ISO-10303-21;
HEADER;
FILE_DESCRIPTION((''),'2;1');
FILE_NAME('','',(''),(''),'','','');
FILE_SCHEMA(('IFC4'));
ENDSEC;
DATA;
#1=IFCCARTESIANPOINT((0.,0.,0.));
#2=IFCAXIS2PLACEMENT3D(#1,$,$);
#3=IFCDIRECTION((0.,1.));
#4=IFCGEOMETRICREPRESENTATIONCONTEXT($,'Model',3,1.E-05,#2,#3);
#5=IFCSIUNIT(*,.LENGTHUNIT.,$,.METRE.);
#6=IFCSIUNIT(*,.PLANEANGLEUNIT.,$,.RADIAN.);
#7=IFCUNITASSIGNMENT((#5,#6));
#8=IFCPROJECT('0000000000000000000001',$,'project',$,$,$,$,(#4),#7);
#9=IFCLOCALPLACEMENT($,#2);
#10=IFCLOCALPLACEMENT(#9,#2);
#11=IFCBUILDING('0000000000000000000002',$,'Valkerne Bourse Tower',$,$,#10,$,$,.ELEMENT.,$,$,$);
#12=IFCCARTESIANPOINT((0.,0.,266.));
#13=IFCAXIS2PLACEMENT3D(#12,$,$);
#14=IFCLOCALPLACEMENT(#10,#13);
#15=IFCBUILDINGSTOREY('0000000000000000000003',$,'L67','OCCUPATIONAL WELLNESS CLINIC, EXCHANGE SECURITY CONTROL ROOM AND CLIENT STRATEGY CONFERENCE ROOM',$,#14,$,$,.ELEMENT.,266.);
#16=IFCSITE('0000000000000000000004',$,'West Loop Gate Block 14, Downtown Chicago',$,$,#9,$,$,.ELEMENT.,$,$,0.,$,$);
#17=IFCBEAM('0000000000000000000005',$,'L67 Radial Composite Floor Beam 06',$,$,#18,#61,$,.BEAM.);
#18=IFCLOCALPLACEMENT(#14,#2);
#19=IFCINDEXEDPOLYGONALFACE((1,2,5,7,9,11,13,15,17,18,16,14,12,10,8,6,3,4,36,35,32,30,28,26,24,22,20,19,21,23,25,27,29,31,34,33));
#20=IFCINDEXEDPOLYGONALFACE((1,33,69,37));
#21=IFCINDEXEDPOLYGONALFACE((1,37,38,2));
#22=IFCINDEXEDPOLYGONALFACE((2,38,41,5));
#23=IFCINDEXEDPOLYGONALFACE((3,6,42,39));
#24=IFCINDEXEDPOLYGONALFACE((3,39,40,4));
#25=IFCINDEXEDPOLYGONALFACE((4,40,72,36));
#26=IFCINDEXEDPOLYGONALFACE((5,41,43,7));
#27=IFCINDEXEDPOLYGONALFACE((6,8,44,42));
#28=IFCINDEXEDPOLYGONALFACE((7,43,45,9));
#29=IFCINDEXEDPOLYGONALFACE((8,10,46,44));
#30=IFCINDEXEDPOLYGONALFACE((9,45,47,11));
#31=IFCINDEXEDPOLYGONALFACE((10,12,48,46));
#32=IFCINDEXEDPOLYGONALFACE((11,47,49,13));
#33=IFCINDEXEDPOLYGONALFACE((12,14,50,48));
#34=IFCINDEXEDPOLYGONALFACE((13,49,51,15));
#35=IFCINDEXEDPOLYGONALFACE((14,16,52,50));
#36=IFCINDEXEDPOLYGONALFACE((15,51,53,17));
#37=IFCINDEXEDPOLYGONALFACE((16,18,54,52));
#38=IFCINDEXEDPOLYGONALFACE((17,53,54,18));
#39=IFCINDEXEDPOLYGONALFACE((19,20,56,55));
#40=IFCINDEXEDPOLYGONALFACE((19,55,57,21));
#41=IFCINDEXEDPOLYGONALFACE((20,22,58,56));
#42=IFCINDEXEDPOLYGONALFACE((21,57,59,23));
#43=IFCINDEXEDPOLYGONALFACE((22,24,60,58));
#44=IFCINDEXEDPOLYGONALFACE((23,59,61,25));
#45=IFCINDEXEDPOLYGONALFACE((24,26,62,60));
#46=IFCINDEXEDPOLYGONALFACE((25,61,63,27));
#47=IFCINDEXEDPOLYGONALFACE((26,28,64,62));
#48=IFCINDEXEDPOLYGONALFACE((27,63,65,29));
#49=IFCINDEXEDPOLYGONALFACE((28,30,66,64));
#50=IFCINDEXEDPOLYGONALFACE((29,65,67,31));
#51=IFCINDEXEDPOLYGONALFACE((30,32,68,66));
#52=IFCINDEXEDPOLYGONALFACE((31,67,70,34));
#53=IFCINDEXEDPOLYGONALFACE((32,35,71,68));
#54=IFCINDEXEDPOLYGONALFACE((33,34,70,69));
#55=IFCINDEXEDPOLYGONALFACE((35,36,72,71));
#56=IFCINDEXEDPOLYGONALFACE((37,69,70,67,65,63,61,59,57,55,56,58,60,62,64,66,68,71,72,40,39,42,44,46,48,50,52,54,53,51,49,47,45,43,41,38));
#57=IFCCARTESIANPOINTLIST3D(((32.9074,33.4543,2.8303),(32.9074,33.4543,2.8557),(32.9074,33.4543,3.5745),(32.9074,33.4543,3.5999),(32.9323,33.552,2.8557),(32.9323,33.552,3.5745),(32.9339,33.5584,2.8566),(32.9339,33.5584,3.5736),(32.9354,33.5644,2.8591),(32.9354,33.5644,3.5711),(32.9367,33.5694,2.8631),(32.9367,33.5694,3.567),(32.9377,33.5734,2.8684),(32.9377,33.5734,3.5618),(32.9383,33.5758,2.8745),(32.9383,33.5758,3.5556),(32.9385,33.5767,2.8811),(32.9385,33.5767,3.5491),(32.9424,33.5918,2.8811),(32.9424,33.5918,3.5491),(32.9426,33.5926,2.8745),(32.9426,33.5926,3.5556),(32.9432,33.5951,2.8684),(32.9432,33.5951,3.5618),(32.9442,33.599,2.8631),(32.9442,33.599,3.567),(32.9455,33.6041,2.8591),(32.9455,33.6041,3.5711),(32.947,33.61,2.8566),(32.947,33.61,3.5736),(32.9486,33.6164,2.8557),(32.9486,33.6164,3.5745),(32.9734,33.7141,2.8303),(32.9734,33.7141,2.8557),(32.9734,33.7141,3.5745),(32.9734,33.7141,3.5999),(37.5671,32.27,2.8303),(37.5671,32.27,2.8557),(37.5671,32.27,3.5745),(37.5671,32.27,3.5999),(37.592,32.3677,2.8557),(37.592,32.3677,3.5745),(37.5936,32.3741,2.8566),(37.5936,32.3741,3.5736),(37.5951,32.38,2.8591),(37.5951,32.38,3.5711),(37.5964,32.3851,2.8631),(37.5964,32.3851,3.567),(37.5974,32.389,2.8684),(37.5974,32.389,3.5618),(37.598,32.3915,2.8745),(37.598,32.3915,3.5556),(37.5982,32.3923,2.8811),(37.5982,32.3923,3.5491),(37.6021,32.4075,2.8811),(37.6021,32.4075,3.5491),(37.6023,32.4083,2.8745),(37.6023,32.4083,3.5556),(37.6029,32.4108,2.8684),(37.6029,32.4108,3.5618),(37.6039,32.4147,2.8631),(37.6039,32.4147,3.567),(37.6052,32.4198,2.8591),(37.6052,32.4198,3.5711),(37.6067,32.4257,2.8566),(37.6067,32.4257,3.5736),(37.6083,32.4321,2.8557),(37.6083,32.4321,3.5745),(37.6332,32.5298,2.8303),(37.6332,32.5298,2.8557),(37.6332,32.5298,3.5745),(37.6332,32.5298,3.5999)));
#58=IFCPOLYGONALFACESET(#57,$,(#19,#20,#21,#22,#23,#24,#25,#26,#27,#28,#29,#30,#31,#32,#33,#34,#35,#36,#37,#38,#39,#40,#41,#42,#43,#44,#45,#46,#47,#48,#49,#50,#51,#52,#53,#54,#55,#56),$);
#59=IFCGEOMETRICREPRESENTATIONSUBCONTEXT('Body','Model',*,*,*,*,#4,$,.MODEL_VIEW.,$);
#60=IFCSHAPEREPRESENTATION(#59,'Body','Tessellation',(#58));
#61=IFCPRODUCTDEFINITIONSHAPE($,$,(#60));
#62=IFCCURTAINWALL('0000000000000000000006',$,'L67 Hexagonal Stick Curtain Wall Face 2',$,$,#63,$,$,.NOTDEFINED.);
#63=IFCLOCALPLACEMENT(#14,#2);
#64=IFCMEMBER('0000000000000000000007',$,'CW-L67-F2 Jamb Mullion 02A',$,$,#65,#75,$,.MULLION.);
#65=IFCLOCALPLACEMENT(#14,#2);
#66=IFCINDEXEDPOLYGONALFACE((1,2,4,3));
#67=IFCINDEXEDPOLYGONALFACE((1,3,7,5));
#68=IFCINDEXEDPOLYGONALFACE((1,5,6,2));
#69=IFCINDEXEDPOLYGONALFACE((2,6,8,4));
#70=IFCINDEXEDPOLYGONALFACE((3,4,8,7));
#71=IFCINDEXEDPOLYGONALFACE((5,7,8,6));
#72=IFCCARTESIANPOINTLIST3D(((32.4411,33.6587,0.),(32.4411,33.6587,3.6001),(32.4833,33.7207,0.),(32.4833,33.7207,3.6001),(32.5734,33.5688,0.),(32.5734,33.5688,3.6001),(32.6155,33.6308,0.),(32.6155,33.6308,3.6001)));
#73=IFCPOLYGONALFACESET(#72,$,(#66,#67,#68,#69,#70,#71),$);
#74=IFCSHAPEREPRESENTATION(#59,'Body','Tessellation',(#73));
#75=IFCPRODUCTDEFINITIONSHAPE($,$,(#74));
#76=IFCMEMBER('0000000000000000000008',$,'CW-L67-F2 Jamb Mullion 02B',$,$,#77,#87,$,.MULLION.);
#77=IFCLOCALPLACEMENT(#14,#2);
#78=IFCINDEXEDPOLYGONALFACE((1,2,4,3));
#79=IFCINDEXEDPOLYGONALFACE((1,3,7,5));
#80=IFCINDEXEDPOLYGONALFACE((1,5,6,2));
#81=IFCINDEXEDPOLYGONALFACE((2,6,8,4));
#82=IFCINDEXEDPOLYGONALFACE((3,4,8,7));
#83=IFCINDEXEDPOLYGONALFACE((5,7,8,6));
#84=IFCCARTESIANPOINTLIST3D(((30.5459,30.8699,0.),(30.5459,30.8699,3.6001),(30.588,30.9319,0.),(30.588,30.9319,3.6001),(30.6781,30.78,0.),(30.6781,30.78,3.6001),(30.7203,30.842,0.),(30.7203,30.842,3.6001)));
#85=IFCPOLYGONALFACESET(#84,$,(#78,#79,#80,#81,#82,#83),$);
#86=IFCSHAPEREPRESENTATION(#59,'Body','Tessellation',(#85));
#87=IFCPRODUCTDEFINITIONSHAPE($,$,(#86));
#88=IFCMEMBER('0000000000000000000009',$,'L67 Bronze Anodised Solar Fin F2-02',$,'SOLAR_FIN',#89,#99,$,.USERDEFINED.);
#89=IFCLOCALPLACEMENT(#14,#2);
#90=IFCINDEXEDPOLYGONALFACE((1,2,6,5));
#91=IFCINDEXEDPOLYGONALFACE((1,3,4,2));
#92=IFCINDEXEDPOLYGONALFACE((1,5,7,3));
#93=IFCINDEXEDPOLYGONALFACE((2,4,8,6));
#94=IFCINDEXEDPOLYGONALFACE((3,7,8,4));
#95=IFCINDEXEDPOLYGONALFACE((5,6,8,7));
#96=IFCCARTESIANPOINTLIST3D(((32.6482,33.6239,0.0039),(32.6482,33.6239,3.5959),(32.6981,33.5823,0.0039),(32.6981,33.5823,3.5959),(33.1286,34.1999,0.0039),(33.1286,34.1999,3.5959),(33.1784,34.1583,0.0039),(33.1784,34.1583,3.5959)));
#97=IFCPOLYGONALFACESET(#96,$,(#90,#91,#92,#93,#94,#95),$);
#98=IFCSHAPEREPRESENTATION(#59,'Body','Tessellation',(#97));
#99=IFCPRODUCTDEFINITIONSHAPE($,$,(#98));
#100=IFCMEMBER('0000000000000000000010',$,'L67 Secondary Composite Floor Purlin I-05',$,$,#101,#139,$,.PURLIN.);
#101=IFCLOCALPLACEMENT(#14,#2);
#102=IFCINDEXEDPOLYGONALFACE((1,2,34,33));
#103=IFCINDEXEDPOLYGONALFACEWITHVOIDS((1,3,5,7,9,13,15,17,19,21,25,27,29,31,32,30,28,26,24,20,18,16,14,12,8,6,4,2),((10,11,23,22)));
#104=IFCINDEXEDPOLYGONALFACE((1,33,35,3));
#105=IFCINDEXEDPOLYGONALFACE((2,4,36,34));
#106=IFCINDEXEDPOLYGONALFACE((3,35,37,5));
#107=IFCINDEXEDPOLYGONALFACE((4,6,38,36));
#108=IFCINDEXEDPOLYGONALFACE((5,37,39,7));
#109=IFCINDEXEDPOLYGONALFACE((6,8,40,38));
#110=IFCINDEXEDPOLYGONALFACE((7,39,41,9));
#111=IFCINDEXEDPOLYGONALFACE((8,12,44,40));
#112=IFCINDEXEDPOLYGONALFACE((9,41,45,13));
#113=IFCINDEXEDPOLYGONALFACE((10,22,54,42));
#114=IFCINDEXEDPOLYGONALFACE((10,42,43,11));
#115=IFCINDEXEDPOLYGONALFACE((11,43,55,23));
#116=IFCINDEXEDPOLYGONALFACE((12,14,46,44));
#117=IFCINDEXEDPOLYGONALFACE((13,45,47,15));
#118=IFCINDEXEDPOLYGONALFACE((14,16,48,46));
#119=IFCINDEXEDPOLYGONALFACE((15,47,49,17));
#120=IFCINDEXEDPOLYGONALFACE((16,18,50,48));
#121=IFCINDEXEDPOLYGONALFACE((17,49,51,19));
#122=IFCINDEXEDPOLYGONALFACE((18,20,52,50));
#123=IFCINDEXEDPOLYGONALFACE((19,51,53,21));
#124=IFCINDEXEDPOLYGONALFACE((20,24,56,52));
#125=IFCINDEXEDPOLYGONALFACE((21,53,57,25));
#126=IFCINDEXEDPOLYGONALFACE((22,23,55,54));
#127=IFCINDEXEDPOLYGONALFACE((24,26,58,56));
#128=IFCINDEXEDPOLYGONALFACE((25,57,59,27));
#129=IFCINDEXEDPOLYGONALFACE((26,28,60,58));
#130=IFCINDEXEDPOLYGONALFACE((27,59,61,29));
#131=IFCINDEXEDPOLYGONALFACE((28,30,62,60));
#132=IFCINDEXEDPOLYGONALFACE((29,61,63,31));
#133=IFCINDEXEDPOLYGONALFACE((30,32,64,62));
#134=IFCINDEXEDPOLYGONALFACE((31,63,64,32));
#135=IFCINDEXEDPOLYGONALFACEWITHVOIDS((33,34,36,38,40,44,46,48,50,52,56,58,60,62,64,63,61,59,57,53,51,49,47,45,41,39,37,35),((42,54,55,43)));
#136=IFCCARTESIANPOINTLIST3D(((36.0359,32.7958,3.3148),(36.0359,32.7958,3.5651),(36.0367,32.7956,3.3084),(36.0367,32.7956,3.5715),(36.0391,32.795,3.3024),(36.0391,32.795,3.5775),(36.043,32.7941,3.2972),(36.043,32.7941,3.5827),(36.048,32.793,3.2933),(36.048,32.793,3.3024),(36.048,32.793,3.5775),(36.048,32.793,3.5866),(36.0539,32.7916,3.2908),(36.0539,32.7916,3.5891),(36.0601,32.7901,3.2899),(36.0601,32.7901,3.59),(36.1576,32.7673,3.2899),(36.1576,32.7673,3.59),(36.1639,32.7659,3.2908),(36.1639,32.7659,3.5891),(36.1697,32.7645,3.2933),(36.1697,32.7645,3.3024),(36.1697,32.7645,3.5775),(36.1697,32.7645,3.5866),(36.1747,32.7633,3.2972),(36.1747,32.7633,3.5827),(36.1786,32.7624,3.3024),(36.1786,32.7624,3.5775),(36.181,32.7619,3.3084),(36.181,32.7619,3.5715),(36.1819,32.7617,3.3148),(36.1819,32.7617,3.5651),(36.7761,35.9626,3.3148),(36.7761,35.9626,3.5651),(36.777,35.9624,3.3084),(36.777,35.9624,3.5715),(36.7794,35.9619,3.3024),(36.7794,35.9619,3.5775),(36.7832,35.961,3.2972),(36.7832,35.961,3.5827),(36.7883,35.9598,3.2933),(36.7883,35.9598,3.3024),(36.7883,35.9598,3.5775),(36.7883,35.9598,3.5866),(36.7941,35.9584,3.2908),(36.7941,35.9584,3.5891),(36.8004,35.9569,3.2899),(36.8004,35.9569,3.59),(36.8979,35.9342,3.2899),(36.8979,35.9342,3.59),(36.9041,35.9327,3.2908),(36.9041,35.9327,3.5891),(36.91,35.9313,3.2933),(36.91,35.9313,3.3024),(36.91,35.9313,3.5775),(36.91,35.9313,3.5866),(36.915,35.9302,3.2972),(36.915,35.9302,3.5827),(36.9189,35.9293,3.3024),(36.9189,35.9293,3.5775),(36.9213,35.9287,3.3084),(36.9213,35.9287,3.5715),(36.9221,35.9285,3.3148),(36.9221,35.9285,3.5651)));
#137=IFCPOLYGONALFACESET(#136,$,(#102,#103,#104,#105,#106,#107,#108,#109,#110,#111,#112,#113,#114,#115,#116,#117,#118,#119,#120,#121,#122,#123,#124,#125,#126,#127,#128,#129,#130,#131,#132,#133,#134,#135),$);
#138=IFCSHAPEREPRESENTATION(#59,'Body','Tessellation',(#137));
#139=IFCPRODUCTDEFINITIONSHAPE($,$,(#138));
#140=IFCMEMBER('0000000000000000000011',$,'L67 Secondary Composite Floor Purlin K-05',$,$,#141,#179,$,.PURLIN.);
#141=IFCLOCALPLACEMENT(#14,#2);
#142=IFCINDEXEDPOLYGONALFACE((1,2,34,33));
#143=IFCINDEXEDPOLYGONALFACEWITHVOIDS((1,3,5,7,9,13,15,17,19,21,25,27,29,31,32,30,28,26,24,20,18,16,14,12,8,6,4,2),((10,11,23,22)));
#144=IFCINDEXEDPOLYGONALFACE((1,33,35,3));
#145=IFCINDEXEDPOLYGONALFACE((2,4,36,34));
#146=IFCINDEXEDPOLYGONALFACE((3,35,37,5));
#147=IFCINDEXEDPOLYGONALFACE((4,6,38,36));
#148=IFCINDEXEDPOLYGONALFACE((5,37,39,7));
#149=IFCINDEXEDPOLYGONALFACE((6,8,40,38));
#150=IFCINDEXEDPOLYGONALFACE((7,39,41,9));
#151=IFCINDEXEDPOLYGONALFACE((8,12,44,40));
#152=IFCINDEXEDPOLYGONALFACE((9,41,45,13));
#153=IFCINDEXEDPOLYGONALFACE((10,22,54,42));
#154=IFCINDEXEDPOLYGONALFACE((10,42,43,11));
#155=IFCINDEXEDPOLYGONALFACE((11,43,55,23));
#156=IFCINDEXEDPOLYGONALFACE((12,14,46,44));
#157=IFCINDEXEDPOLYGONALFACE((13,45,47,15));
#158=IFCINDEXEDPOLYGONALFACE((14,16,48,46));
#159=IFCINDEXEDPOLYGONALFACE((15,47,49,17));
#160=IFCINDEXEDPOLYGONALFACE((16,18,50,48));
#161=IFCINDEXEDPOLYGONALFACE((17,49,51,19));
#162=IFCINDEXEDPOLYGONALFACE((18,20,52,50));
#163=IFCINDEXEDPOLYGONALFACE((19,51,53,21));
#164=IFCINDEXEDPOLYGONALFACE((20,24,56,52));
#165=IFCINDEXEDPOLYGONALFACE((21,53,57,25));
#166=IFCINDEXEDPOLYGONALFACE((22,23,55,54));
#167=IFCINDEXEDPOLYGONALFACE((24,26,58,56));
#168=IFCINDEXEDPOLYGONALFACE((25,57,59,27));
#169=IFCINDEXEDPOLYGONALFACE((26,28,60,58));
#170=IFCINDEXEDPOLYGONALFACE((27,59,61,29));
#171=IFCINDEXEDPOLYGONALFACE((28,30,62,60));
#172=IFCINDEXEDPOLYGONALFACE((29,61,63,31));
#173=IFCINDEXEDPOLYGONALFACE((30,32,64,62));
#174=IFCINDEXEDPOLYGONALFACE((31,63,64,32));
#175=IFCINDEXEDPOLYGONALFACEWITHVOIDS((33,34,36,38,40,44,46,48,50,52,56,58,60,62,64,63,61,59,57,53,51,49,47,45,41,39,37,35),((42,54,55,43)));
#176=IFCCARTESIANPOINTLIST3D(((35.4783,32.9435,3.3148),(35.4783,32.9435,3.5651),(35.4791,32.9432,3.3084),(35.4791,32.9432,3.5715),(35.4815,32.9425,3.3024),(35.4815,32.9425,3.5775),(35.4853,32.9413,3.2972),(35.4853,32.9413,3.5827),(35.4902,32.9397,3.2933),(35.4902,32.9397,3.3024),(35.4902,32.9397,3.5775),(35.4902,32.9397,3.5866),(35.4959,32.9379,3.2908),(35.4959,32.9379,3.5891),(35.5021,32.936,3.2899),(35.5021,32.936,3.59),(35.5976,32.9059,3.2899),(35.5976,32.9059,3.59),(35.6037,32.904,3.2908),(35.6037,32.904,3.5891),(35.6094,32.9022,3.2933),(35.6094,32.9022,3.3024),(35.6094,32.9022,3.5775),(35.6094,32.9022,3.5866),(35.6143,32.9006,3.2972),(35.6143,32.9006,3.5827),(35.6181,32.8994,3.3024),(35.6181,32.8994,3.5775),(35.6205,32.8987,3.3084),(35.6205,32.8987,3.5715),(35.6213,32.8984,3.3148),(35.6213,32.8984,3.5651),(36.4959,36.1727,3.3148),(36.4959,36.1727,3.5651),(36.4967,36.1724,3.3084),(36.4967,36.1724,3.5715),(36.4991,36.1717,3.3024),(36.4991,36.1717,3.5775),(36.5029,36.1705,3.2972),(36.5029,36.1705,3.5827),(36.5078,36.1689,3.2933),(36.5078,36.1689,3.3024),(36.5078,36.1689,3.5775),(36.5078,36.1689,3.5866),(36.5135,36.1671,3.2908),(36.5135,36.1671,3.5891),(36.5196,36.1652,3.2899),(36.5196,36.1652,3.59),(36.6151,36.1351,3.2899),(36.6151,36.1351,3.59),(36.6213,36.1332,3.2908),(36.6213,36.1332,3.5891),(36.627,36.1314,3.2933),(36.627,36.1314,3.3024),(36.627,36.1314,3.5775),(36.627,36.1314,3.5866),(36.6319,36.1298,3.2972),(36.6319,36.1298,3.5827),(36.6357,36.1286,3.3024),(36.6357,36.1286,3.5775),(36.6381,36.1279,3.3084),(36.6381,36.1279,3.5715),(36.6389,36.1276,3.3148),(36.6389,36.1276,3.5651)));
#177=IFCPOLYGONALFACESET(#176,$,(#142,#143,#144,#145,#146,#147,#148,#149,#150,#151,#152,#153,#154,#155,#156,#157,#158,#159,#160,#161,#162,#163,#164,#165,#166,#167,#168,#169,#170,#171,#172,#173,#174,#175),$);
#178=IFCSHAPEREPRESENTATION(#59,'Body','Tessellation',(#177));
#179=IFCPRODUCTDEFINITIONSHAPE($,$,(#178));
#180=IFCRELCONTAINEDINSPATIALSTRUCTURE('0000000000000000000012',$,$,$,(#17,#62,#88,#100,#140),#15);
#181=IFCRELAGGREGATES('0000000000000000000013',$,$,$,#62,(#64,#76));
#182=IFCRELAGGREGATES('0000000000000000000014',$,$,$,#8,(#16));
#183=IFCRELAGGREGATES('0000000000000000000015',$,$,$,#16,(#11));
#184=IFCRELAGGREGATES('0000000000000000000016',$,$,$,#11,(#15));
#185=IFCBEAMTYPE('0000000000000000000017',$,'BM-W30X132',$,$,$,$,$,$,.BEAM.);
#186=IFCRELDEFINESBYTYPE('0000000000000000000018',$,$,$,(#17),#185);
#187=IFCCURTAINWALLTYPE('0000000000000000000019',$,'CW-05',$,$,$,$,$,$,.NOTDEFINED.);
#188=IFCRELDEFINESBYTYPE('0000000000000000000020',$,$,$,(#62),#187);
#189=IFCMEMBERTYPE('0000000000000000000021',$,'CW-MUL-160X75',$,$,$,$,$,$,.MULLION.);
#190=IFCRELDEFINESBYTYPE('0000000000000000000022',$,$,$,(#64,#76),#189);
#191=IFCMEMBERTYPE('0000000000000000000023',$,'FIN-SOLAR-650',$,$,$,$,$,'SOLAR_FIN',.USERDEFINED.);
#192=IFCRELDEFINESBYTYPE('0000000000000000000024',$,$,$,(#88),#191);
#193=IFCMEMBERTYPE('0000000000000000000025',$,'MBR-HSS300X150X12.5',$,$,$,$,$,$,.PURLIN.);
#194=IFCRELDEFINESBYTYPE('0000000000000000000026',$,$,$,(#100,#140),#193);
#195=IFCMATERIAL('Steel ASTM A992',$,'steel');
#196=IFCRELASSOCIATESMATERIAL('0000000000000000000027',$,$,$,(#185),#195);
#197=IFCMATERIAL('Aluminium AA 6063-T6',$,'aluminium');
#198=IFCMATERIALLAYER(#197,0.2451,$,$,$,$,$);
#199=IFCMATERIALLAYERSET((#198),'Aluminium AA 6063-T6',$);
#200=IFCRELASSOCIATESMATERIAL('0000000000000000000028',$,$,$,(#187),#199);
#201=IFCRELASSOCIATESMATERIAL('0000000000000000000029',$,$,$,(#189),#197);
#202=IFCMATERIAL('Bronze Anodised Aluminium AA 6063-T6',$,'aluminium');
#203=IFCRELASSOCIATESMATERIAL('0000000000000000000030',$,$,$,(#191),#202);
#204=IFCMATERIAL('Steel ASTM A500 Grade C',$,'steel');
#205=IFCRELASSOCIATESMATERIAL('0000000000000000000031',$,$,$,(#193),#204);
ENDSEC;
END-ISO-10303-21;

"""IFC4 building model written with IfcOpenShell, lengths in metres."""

from ifc_helpers import new_model, si_unit, direction, frame, origin, origin_2d, place, context, subcontext, project, spatial, rectangle, hollow_rectangle, i_section, extrude, material, layer, layer_set, material_profile, profile_set, type_object, element, aggregate, save


model = new_model("IFC4")

# Units and contexts
model_context = context("Model", 3, precision=1e-05, world=origin(), true_north=direction((0.0, 1.0)))
body_context = subcontext(model_context, "Body", "Model", "MODEL_VIEW")
ifc_project = project(units=[si_unit("LENGTHUNIT", "METRE"), si_unit("PLANEANGLEUNIT", "RADIAN")], contexts=[model_context])

# Site, building, storey
site_placement = place(None, origin())
site = spatial("IfcSite", under=ifc_project, at=site_placement, Name="West Loop Gate Block 14, Downtown Chicago", CompositionType="ELEMENT", RefElevation=0.0)
building_placement = place(site_placement, origin())
building = spatial("IfcBuilding", under=site, at=building_placement, Name="Valkerne Bourse Tower", CompositionType="ELEMENT")
storey_placement = place(building_placement, frame((0.0, 0.0, 266.0)))
storey = spatial("IfcBuildingStorey", under=building, at=storey_placement, Name="L67", Description="OCCUPATIONAL WELLNESS CLINIC, EXCHANGE SECURITY CONTROL ROOM AND CLIENT STRATEGY CONFERENCE ROOM", CompositionType="ELEMENT", Elevation=266.0)

# Beam
ifc_material_1 = material(Name="Steel ASTM A992", Category="steel")
ifc_material_profile_1 = material_profile(ifc_material_1, i_section(OverallWidth=0.2681, OverallDepth=0.7695, WebThickness=0.0156, FlangeThickness=0.0254, FilletRadius=0.0254, at=origin_2d()), Name="W30X132")
ifc_profile_set_1 = profile_set([ifc_material_profile_1], Name="Steel ASTM A992")
beam_type_1 = type_object("IfcBeamType", Name="BM-W30X132", PredefinedType="BEAM", material=ifc_profile_set_1)
beam_1_placement = place(storey_placement, frame((32.9404, 33.5842, 3.2151), z_axis=(0.969185, -0.246333, 0.0), x_axis=(0.246333, 0.969185, 0.0)))
element("IfcBeam", 1, at=beam_1_placement, inside=storey, type_object=beam_type_1, Name="L67 Radial Composite Floor Beam 06", PredefinedType="BEAM", context=body_context, shape_type="SweptSolid", body=[
    extrude(i_section(OverallWidth=0.2681, OverallDepth=0.7695, WebThickness=0.0156, FlangeThickness=0.0254, FilletRadius=0.0254, at=origin_2d()), origin(), (0.0, 0.0, 1.0), 4.8079),
])

# Curtain wall, members
ifc_material_2 = material(Name="Aluminium AA 6063-T6", Category="aluminium")
ifc_layer_1 = layer(ifc_material_2, 0.2451)
ifc_layer_set_1 = layer_set([ifc_layer_1], Name="Aluminium AA 6063-T6")
curtain_wall_type = type_object("IfcCurtainWallType", Name="CW-05", PredefinedType="NOTDEFINED", material=ifc_layer_set_1)
curtain_wall_placement = place(storey_placement, origin())
curtain_wall = element("IfcCurtainWall", 2, at=curtain_wall_placement, inside=storey, type_object=curtain_wall_type, Name="L67 Hexagonal Stick Curtain Wall Face 2", PredefinedType="NOTDEFINED")
ifc_material_profile_2 = material_profile(ifc_material_2, rectangle(XDim=0.075, YDim=0.1599, at=origin_2d()), Name="CWM-75X160")
ifc_profile_set_2 = profile_set([ifc_material_profile_2], Name="Aluminium AA 6063-T6")
member_type_1 = type_object("IfcMemberType", Name="CW-MUL-160X75", PredefinedType="MULLION", material=ifc_profile_set_2)
member_1_placement = place(storey_placement, frame((32.5283, 33.6448, 0.0), z_axis=(0.0, 0.0, 1.0), x_axis=(-0.562091, -0.827075, 0.0)))
member_1 = element("IfcMember", 3, at=member_1_placement, type_object=member_type_1, Name="CW-L67-F2 Jamb Mullion 02A", PredefinedType="MULLION", context=body_context, shape_type="SweptSolid", body=[
    extrude(rectangle(XDim=0.075, YDim=0.1599, at=origin_2d()), origin(), (0.0, 0.0, 1.0), 3.6001),
])
member_2_placement = place(storey_placement, frame((30.6331, 30.856, 0.0), z_axis=(0.0, 0.0, 1.0), x_axis=(-0.562091, -0.827075, 0.0)))
member_2 = element("IfcMember", 4, at=member_2_placement, type_object=member_type_1, Name="CW-L67-F2 Jamb Mullion 02B", PredefinedType="MULLION", context=body_context, shape_type="SweptSolid", body=[
    extrude(rectangle(XDim=0.075, YDim=0.1599, at=origin_2d()), origin(), (0.0, 0.0, 1.0), 3.6001),
])

# Members
ifc_material_3 = material(Name="Bronze Anodised Aluminium AA 6063-T6", Category="aluminium")
ifc_material_profile_3 = material_profile(ifc_material_3, rectangle(XDim=0.0649, YDim=0.75, at=origin_2d()), Name="FIN-65X750")
ifc_profile_set_3 = profile_set([ifc_material_profile_3], Name="Bronze Anodised Aluminium AA 6063-T6")
member_type_2 = type_object("IfcMemberType", Name="FIN-SOLAR-650", ElementType="SOLAR_FIN", PredefinedType="USERDEFINED", material=ifc_profile_set_3)
member_3_placement = place(storey_placement, frame((32.9133, 33.8911, 0.0039), z_axis=(0.0, 0.0, 1.0), x_axis=(-0.767971, 0.640484, 0.0)))
element("IfcMember", 5, at=member_3_placement, inside=storey, type_object=member_type_2, Name="L67 Bronze Anodised Solar Fin F2-02", ObjectType="SOLAR_FIN", PredefinedType="USERDEFINED", context=body_context, shape_type="SweptSolid", body=[
    extrude(rectangle(XDim=0.0649, YDim=0.75, at=origin_2d()), origin(), (0.0, 0.0, 1.0), 3.592),
])
ifc_material_4 = material(Name="Steel ASTM A500 Grade C", Category="steel")
ifc_material_profile_4 = material_profile(ifc_material_4, hollow_rectangle(XDim=0.1499, YDim=0.3, WallThickness=0.0125, OuterFilletRadius=0.0249, at=origin_2d()), Name="HSS300X150X12.5")
ifc_profile_set_4 = profile_set([ifc_material_profile_4], Name="Steel ASTM A500 Grade C")
member_type_3 = type_object("IfcMemberType", Name="MBR-HSS300X150X12.5", PredefinedType="PURLIN", material=ifc_profile_set_4)
member_4_placement = place(storey_placement, frame((36.8491, 35.9456, 3.4399), z_axis=(-0.227616, -0.973751, 0.0), x_axis=(0.973751, -0.227616, 0.0)))
element("IfcMember", 6, at=member_4_placement, inside=storey, type_object=member_type_3, Name="L67 Secondary Composite Floor Purlin I-05", PredefinedType="PURLIN", context=body_context, shape_type="SweptSolid", body=[
    extrude(hollow_rectangle(XDim=0.1499, YDim=0.3, WallThickness=0.0125, OuterFilletRadius=0.0249, at=origin_2d()), origin(), (0.0, 0.0, 1.0), 3.2522),
])
member_5_placement = place(storey_placement, frame((36.5674, 36.1501, 3.4399), z_axis=(-0.300545, -0.953768, 0.0), x_axis=(0.953768, -0.300545, 0.0)))
element("IfcMember", 7, at=member_5_placement, inside=storey, type_object=member_type_3, Name="L67 Secondary Composite Floor Purlin K-05", PredefinedType="PURLIN", context=body_context, shape_type="SweptSolid", body=[
    extrude(hollow_rectangle(XDim=0.1499, YDim=0.3, WallThickness=0.0125, OuterFilletRadius=0.0249, at=origin_2d()), origin(), (0.0, 0.0, 1.0), 3.3857),
])

aggregate(curtain_wall, [member_1, member_2])

save(model, "model.ifc")
